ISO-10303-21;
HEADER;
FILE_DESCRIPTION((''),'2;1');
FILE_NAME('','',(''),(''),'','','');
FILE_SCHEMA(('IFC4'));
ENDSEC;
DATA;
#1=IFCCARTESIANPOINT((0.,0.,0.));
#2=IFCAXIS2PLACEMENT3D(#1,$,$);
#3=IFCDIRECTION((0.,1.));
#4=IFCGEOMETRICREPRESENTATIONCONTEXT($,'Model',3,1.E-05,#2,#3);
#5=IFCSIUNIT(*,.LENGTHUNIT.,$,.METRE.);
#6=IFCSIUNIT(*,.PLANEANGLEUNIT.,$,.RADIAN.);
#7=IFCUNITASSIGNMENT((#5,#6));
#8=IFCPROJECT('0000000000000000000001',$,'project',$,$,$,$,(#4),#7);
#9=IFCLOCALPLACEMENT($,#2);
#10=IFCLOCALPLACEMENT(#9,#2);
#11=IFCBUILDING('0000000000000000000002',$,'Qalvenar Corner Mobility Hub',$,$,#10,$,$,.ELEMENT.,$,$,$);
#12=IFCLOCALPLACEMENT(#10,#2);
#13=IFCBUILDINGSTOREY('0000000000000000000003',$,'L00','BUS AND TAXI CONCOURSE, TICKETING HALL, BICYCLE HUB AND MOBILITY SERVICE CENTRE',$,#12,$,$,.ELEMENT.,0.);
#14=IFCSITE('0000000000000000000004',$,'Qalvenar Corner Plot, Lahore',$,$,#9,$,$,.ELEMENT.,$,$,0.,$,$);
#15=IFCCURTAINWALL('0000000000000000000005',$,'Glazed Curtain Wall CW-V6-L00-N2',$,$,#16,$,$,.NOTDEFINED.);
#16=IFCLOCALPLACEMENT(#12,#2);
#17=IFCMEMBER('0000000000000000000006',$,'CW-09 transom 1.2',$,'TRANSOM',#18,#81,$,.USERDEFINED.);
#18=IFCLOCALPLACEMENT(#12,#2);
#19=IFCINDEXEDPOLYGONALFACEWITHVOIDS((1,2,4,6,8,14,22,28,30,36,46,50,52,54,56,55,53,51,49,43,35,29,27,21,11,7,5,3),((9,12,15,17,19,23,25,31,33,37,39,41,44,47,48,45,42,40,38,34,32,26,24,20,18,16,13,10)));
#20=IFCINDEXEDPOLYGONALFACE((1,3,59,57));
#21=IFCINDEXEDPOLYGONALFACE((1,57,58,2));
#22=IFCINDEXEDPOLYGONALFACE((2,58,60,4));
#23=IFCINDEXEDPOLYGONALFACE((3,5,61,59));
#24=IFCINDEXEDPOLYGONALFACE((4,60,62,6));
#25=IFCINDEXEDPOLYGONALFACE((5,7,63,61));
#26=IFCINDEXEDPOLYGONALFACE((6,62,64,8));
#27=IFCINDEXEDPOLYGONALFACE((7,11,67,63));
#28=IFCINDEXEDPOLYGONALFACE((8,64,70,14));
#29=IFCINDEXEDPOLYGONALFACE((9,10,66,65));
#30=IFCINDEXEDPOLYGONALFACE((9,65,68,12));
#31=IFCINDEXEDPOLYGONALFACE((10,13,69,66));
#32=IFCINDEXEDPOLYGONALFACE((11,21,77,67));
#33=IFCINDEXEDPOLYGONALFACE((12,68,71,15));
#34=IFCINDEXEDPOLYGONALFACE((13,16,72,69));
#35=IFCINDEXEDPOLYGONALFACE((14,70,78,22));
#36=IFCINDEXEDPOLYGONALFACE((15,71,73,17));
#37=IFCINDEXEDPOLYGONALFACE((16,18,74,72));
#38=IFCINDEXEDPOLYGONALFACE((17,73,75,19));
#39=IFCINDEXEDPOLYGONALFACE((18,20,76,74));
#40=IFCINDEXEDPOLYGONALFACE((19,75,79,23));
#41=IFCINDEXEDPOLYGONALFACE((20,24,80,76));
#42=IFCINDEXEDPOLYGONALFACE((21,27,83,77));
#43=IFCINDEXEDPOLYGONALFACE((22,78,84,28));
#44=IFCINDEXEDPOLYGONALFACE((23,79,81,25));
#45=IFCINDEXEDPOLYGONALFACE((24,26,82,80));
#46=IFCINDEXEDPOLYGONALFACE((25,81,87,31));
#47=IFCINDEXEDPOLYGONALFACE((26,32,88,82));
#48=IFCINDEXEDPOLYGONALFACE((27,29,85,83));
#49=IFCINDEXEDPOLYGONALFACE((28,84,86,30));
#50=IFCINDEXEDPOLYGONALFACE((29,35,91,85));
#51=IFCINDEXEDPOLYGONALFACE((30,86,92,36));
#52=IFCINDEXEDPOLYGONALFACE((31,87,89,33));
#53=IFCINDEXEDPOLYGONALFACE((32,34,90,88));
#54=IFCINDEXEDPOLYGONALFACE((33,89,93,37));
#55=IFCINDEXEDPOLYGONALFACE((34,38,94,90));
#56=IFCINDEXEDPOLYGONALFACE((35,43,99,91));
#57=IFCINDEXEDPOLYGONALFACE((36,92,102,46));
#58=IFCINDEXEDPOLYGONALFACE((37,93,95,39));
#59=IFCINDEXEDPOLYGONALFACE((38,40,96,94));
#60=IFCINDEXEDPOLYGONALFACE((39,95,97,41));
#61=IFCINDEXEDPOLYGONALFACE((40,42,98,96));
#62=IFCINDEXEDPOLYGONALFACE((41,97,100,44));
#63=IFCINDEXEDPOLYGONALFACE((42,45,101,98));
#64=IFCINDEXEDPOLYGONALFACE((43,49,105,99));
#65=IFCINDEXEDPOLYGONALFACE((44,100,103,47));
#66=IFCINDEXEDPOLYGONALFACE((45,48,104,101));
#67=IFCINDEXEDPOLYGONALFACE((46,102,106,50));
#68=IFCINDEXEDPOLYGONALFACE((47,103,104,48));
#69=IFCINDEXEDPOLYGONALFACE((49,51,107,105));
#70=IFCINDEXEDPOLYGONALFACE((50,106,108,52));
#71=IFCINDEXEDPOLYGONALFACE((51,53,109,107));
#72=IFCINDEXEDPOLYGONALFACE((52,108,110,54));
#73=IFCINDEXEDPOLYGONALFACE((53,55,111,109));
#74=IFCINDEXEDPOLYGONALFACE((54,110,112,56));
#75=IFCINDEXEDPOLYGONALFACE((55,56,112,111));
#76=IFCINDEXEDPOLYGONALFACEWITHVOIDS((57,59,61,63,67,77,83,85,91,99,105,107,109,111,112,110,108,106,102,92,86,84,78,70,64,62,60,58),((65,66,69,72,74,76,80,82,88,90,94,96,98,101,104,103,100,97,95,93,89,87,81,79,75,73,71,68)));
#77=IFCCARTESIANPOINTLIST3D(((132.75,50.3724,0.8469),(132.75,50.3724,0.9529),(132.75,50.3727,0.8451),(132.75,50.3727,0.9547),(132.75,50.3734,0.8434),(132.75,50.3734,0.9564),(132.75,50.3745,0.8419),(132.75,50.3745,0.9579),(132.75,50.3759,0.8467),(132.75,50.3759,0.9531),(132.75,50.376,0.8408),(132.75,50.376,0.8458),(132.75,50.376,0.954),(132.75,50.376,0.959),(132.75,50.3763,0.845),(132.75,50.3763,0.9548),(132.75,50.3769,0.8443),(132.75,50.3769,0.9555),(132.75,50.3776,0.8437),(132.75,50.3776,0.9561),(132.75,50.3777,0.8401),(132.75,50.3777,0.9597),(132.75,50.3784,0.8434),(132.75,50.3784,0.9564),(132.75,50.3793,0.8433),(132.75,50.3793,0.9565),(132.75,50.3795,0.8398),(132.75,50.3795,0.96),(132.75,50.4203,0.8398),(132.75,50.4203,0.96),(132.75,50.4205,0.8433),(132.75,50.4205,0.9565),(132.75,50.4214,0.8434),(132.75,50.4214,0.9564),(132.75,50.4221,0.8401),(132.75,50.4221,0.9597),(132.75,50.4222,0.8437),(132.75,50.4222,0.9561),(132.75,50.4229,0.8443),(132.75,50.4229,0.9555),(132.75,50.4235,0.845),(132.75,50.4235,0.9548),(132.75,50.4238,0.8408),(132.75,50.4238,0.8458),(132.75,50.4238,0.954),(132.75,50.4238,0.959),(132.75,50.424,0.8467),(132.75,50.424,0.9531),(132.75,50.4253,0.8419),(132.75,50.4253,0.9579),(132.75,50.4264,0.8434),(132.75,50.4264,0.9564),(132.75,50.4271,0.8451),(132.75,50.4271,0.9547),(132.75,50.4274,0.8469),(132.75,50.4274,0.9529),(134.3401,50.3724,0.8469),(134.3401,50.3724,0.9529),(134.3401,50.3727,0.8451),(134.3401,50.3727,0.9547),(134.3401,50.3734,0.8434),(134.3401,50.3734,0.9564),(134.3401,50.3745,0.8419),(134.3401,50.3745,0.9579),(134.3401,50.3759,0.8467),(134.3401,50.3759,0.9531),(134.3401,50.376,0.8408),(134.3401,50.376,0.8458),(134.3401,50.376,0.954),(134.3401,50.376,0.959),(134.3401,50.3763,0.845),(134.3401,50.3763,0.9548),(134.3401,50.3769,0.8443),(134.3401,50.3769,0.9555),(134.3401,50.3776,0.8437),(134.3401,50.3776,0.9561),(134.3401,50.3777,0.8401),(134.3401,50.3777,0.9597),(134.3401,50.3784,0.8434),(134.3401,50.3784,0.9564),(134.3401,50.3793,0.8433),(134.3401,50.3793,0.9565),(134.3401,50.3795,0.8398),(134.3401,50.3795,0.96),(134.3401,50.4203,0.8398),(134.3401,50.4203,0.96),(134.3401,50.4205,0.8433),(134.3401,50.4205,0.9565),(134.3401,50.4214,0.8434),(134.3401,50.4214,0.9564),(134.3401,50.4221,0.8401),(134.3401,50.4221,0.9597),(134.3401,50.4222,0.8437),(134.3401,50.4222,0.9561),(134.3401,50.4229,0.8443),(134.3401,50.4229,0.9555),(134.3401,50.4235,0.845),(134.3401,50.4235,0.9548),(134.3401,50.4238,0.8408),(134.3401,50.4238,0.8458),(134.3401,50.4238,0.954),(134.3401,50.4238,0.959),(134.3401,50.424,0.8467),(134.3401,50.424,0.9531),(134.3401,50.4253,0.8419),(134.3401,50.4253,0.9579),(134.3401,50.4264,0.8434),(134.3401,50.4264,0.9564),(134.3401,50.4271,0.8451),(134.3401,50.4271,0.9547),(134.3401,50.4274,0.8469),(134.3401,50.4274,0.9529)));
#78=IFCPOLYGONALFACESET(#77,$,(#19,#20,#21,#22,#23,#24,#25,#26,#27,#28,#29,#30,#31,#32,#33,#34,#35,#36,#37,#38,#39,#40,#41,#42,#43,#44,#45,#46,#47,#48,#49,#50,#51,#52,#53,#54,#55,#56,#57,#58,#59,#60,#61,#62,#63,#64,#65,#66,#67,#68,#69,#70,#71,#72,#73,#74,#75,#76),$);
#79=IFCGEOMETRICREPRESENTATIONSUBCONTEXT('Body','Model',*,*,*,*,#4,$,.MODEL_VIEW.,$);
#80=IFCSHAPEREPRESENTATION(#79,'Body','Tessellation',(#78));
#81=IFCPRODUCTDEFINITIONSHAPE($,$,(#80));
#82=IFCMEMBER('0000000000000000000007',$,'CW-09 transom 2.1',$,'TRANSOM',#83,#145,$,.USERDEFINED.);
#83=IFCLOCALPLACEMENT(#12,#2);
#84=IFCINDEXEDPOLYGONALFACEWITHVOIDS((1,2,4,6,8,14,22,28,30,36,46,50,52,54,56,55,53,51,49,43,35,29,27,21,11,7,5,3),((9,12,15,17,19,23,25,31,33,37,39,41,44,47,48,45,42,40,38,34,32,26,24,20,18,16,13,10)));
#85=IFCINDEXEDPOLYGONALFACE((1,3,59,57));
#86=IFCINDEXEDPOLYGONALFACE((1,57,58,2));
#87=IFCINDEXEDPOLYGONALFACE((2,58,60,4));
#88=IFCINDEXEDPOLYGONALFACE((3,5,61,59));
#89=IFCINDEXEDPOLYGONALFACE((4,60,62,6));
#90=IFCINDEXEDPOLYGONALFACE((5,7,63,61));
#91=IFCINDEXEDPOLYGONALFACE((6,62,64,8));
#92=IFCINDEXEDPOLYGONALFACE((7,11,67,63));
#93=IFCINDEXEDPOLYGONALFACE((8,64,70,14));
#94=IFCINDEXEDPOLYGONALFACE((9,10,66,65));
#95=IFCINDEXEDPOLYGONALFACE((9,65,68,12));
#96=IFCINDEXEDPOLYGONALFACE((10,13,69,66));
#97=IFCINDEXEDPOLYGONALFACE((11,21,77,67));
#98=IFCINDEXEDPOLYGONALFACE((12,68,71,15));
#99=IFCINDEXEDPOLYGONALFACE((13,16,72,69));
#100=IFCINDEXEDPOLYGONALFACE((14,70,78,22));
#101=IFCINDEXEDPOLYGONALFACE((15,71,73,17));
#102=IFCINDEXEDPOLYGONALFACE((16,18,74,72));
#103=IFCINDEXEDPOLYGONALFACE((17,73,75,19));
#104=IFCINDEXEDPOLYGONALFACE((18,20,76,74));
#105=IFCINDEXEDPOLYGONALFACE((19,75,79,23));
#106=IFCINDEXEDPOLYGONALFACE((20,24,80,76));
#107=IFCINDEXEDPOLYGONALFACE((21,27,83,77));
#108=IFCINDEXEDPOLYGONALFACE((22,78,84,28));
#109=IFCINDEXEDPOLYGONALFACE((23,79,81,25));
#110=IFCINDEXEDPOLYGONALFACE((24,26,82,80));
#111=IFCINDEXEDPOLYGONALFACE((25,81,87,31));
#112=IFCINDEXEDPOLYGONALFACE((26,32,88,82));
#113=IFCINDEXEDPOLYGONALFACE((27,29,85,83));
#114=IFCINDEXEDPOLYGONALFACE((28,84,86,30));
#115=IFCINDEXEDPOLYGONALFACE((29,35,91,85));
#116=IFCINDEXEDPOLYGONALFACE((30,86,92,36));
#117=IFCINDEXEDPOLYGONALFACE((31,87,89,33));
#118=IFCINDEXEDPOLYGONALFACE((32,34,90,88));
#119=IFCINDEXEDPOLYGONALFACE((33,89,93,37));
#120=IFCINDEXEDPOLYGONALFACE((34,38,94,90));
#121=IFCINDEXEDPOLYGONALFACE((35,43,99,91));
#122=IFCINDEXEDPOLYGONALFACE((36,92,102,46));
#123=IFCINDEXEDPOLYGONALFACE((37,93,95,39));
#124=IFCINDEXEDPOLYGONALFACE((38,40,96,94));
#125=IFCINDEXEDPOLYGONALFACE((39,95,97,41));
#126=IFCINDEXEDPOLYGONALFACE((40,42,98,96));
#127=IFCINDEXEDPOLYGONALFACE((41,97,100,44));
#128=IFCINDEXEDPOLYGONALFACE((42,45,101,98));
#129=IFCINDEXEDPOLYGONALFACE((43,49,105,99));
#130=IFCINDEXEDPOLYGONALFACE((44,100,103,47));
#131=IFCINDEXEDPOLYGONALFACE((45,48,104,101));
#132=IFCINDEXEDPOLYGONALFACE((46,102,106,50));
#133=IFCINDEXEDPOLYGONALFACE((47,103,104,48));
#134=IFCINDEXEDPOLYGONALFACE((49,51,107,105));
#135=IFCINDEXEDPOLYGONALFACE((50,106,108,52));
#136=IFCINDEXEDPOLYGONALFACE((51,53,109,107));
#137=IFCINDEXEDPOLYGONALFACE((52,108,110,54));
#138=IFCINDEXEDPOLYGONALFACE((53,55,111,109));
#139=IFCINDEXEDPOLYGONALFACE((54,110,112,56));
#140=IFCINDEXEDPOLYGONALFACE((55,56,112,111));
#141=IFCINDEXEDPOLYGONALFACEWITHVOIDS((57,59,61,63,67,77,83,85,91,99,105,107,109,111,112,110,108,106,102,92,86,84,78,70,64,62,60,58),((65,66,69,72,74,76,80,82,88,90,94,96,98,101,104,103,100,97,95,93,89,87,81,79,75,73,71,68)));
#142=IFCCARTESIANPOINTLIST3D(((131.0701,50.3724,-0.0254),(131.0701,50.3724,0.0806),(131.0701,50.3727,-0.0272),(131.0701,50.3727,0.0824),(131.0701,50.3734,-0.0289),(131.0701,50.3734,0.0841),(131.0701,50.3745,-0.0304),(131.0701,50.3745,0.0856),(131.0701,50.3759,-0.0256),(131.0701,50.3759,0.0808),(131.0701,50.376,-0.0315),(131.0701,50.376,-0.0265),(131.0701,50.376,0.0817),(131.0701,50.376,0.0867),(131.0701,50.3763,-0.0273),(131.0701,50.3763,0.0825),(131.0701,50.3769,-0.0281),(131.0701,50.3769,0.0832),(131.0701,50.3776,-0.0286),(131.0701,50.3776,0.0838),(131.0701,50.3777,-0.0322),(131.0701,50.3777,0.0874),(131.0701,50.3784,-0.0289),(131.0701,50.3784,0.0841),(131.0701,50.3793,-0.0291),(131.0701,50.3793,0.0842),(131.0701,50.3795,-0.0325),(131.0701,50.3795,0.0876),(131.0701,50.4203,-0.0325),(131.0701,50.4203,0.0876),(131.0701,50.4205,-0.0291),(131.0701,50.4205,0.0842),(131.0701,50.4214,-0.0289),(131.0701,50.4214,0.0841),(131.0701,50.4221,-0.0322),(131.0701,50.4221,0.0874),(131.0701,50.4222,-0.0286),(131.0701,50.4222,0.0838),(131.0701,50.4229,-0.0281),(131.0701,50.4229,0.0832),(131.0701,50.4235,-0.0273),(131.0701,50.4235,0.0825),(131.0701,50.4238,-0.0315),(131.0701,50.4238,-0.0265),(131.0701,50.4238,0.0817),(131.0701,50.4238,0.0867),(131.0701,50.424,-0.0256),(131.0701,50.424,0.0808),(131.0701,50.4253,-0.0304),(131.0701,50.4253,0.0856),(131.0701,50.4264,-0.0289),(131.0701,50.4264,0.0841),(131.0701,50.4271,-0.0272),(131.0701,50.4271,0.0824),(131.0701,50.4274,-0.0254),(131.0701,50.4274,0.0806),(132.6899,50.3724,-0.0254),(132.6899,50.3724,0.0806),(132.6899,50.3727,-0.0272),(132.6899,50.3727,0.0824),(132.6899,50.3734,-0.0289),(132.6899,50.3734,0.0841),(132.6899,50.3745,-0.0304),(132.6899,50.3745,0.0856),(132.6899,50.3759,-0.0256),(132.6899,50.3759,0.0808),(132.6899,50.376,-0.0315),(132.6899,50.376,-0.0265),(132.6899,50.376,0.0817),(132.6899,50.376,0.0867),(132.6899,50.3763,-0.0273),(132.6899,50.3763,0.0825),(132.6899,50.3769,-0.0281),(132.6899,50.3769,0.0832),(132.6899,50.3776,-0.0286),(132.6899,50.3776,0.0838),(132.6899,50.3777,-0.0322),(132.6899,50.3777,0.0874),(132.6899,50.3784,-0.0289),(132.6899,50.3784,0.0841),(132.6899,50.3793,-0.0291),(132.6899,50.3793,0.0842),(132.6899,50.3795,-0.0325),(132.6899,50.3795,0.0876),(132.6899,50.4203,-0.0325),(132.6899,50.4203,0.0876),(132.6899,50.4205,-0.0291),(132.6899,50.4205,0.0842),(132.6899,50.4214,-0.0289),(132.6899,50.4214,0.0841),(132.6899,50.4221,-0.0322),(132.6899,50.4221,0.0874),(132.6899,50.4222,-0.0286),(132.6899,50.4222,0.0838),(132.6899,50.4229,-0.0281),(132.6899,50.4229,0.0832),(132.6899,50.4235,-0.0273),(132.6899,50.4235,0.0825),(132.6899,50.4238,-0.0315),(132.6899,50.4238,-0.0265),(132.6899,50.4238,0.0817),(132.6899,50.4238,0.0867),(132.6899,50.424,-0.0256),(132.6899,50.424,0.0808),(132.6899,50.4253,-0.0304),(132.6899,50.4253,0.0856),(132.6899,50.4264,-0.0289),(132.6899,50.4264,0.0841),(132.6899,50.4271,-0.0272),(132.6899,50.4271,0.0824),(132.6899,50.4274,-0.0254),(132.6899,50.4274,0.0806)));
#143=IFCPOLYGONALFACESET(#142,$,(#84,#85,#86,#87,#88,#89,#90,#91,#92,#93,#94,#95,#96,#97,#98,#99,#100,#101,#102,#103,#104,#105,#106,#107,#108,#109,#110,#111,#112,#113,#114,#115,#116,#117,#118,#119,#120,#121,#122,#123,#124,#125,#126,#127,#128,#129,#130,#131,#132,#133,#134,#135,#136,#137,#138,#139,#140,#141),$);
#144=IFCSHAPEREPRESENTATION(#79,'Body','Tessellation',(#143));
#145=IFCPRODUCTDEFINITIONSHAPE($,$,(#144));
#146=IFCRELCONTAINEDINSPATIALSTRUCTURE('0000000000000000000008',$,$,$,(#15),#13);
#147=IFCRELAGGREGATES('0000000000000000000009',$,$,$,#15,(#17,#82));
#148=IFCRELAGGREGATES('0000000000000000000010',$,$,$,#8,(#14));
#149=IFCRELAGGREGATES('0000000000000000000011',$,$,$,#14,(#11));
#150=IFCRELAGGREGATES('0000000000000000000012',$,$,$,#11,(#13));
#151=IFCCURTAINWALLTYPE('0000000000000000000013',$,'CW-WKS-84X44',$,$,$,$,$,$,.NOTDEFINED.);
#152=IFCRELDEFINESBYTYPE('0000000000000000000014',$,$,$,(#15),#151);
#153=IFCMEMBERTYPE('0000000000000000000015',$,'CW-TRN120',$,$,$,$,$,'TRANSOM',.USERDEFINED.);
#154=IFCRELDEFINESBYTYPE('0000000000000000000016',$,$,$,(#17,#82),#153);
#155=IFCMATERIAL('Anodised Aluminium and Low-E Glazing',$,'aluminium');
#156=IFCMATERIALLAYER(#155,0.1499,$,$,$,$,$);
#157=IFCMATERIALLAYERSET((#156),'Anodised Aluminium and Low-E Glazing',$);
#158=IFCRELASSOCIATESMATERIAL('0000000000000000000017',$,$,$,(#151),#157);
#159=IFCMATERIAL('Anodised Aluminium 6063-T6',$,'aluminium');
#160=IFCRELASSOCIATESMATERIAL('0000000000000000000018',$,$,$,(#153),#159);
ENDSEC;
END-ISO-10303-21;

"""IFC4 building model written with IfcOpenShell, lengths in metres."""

from ifc_helpers import new_model, si_unit, direction, frame, origin, origin_2d, place, context, subcontext, project, spatial, hollow_rectangle, extrude, material, layer, layer_set, material_profile, profile_set, type_object, element, aggregate, save


model = new_model("IFC4")

# Units and contexts
model_context = context("Model", 3, precision=1e-05, world=origin(), true_north=direction((0.0, 1.0)))
body_context = subcontext(model_context, "Body", "Model", "MODEL_VIEW")
ifc_project = project(units=[si_unit("LENGTHUNIT", "METRE"), si_unit("PLANEANGLEUNIT", "RADIAN")], contexts=[model_context])

# Site, building, storey
site_placement = place(None, origin())
site = spatial("IfcSite", under=ifc_project, at=site_placement, Name="Qalvenar Corner Plot, Lahore", CompositionType="ELEMENT", RefElevation=0.0)
building_placement = place(site_placement, origin())
building = spatial("IfcBuilding", under=site, at=building_placement, Name="Qalvenar Corner Mobility Hub", CompositionType="ELEMENT")
storey_placement = place(building_placement, origin())
storey = spatial("IfcBuildingStorey", under=building, at=storey_placement, Name="L00", Description="BUS AND TAXI CONCOURSE, TICKETING HALL, BICYCLE HUB AND MOBILITY SERVICE CENTRE", CompositionType="ELEMENT", Elevation=0.0)

# Curtain wall, members
ifc_material_1 = material(Name="Anodised Aluminium and Low-E Glazing", Category="aluminium")
ifc_layer_1 = layer(ifc_material_1, 0.1499)
ifc_layer_set_1 = layer_set([ifc_layer_1], Name="Anodised Aluminium and Low-E Glazing")
curtain_wall_type = type_object("IfcCurtainWallType", Name="CW-WKS-84X44", PredefinedType="NOTDEFINED", material=ifc_layer_set_1)
curtain_wall_placement = place(storey_placement, origin())
curtain_wall = element("IfcCurtainWall", 1, at=curtain_wall_placement, inside=storey, type_object=curtain_wall_type, Name="Glazed Curtain Wall CW-V6-L00-N2", PredefinedType="NOTDEFINED")
ifc_material_2 = material(Name="Anodised Aluminium 6063-T6", Category="aluminium")
ifc_material_profile_1 = material_profile(ifc_material_2, hollow_rectangle(XDim=0.0549, YDim=0.1201, WallThickness=0.0034, InnerFilletRadius=0.0034, OuterFilletRadius=0.0071, at=origin_2d()), Name="RHS120x55x3.5")
ifc_profile_set_1 = profile_set([ifc_material_profile_1], Name="Anodised Aluminium 6063-T6")
member_type_1 = type_object("IfcMemberType", Name="CW-TRN120", ElementType="TRANSOM", PredefinedType="USERDEFINED", material=ifc_profile_set_1)
member_1_placement = place(storey_placement, frame((134.3401, 50.3999, 0.8999), z_axis=(-1.0, 0.0, 0.0), x_axis=(0.0, -1.0, 0.0)))
member_1 = element("IfcMember", 2, at=member_1_placement, type_object=member_type_1, Name="CW-09 transom 1.2", ObjectType="TRANSOM", PredefinedType="USERDEFINED", context=body_context, shape_type="SweptSolid", body=[
    extrude(hollow_rectangle(XDim=0.0549, YDim=0.1201, WallThickness=0.0034, InnerFilletRadius=0.0034, OuterFilletRadius=0.0071, at=origin_2d()), origin(), (0.0, 0.0, 1.0), 1.5901),
])
member_2_placement = place(storey_placement, frame((132.6899, 50.3999, 0.0276), z_axis=(-1.0, 0.0, 0.0), x_axis=(0.0, -1.0, 0.0)))
member_2 = element("IfcMember", 3, at=member_2_placement, type_object=member_type_1, Name="CW-09 transom 2.1", ObjectType="TRANSOM", PredefinedType="USERDEFINED", context=body_context, shape_type="SweptSolid", body=[
    extrude(hollow_rectangle(XDim=0.0549, YDim=0.1201, WallThickness=0.0034, InnerFilletRadius=0.0034, OuterFilletRadius=0.0071, at=origin_2d()), origin(), (0.0, 0.0, 1.0), 1.6199),
])
aggregate(curtain_wall, [member_1, member_2])

save(model, "model.ifc")
